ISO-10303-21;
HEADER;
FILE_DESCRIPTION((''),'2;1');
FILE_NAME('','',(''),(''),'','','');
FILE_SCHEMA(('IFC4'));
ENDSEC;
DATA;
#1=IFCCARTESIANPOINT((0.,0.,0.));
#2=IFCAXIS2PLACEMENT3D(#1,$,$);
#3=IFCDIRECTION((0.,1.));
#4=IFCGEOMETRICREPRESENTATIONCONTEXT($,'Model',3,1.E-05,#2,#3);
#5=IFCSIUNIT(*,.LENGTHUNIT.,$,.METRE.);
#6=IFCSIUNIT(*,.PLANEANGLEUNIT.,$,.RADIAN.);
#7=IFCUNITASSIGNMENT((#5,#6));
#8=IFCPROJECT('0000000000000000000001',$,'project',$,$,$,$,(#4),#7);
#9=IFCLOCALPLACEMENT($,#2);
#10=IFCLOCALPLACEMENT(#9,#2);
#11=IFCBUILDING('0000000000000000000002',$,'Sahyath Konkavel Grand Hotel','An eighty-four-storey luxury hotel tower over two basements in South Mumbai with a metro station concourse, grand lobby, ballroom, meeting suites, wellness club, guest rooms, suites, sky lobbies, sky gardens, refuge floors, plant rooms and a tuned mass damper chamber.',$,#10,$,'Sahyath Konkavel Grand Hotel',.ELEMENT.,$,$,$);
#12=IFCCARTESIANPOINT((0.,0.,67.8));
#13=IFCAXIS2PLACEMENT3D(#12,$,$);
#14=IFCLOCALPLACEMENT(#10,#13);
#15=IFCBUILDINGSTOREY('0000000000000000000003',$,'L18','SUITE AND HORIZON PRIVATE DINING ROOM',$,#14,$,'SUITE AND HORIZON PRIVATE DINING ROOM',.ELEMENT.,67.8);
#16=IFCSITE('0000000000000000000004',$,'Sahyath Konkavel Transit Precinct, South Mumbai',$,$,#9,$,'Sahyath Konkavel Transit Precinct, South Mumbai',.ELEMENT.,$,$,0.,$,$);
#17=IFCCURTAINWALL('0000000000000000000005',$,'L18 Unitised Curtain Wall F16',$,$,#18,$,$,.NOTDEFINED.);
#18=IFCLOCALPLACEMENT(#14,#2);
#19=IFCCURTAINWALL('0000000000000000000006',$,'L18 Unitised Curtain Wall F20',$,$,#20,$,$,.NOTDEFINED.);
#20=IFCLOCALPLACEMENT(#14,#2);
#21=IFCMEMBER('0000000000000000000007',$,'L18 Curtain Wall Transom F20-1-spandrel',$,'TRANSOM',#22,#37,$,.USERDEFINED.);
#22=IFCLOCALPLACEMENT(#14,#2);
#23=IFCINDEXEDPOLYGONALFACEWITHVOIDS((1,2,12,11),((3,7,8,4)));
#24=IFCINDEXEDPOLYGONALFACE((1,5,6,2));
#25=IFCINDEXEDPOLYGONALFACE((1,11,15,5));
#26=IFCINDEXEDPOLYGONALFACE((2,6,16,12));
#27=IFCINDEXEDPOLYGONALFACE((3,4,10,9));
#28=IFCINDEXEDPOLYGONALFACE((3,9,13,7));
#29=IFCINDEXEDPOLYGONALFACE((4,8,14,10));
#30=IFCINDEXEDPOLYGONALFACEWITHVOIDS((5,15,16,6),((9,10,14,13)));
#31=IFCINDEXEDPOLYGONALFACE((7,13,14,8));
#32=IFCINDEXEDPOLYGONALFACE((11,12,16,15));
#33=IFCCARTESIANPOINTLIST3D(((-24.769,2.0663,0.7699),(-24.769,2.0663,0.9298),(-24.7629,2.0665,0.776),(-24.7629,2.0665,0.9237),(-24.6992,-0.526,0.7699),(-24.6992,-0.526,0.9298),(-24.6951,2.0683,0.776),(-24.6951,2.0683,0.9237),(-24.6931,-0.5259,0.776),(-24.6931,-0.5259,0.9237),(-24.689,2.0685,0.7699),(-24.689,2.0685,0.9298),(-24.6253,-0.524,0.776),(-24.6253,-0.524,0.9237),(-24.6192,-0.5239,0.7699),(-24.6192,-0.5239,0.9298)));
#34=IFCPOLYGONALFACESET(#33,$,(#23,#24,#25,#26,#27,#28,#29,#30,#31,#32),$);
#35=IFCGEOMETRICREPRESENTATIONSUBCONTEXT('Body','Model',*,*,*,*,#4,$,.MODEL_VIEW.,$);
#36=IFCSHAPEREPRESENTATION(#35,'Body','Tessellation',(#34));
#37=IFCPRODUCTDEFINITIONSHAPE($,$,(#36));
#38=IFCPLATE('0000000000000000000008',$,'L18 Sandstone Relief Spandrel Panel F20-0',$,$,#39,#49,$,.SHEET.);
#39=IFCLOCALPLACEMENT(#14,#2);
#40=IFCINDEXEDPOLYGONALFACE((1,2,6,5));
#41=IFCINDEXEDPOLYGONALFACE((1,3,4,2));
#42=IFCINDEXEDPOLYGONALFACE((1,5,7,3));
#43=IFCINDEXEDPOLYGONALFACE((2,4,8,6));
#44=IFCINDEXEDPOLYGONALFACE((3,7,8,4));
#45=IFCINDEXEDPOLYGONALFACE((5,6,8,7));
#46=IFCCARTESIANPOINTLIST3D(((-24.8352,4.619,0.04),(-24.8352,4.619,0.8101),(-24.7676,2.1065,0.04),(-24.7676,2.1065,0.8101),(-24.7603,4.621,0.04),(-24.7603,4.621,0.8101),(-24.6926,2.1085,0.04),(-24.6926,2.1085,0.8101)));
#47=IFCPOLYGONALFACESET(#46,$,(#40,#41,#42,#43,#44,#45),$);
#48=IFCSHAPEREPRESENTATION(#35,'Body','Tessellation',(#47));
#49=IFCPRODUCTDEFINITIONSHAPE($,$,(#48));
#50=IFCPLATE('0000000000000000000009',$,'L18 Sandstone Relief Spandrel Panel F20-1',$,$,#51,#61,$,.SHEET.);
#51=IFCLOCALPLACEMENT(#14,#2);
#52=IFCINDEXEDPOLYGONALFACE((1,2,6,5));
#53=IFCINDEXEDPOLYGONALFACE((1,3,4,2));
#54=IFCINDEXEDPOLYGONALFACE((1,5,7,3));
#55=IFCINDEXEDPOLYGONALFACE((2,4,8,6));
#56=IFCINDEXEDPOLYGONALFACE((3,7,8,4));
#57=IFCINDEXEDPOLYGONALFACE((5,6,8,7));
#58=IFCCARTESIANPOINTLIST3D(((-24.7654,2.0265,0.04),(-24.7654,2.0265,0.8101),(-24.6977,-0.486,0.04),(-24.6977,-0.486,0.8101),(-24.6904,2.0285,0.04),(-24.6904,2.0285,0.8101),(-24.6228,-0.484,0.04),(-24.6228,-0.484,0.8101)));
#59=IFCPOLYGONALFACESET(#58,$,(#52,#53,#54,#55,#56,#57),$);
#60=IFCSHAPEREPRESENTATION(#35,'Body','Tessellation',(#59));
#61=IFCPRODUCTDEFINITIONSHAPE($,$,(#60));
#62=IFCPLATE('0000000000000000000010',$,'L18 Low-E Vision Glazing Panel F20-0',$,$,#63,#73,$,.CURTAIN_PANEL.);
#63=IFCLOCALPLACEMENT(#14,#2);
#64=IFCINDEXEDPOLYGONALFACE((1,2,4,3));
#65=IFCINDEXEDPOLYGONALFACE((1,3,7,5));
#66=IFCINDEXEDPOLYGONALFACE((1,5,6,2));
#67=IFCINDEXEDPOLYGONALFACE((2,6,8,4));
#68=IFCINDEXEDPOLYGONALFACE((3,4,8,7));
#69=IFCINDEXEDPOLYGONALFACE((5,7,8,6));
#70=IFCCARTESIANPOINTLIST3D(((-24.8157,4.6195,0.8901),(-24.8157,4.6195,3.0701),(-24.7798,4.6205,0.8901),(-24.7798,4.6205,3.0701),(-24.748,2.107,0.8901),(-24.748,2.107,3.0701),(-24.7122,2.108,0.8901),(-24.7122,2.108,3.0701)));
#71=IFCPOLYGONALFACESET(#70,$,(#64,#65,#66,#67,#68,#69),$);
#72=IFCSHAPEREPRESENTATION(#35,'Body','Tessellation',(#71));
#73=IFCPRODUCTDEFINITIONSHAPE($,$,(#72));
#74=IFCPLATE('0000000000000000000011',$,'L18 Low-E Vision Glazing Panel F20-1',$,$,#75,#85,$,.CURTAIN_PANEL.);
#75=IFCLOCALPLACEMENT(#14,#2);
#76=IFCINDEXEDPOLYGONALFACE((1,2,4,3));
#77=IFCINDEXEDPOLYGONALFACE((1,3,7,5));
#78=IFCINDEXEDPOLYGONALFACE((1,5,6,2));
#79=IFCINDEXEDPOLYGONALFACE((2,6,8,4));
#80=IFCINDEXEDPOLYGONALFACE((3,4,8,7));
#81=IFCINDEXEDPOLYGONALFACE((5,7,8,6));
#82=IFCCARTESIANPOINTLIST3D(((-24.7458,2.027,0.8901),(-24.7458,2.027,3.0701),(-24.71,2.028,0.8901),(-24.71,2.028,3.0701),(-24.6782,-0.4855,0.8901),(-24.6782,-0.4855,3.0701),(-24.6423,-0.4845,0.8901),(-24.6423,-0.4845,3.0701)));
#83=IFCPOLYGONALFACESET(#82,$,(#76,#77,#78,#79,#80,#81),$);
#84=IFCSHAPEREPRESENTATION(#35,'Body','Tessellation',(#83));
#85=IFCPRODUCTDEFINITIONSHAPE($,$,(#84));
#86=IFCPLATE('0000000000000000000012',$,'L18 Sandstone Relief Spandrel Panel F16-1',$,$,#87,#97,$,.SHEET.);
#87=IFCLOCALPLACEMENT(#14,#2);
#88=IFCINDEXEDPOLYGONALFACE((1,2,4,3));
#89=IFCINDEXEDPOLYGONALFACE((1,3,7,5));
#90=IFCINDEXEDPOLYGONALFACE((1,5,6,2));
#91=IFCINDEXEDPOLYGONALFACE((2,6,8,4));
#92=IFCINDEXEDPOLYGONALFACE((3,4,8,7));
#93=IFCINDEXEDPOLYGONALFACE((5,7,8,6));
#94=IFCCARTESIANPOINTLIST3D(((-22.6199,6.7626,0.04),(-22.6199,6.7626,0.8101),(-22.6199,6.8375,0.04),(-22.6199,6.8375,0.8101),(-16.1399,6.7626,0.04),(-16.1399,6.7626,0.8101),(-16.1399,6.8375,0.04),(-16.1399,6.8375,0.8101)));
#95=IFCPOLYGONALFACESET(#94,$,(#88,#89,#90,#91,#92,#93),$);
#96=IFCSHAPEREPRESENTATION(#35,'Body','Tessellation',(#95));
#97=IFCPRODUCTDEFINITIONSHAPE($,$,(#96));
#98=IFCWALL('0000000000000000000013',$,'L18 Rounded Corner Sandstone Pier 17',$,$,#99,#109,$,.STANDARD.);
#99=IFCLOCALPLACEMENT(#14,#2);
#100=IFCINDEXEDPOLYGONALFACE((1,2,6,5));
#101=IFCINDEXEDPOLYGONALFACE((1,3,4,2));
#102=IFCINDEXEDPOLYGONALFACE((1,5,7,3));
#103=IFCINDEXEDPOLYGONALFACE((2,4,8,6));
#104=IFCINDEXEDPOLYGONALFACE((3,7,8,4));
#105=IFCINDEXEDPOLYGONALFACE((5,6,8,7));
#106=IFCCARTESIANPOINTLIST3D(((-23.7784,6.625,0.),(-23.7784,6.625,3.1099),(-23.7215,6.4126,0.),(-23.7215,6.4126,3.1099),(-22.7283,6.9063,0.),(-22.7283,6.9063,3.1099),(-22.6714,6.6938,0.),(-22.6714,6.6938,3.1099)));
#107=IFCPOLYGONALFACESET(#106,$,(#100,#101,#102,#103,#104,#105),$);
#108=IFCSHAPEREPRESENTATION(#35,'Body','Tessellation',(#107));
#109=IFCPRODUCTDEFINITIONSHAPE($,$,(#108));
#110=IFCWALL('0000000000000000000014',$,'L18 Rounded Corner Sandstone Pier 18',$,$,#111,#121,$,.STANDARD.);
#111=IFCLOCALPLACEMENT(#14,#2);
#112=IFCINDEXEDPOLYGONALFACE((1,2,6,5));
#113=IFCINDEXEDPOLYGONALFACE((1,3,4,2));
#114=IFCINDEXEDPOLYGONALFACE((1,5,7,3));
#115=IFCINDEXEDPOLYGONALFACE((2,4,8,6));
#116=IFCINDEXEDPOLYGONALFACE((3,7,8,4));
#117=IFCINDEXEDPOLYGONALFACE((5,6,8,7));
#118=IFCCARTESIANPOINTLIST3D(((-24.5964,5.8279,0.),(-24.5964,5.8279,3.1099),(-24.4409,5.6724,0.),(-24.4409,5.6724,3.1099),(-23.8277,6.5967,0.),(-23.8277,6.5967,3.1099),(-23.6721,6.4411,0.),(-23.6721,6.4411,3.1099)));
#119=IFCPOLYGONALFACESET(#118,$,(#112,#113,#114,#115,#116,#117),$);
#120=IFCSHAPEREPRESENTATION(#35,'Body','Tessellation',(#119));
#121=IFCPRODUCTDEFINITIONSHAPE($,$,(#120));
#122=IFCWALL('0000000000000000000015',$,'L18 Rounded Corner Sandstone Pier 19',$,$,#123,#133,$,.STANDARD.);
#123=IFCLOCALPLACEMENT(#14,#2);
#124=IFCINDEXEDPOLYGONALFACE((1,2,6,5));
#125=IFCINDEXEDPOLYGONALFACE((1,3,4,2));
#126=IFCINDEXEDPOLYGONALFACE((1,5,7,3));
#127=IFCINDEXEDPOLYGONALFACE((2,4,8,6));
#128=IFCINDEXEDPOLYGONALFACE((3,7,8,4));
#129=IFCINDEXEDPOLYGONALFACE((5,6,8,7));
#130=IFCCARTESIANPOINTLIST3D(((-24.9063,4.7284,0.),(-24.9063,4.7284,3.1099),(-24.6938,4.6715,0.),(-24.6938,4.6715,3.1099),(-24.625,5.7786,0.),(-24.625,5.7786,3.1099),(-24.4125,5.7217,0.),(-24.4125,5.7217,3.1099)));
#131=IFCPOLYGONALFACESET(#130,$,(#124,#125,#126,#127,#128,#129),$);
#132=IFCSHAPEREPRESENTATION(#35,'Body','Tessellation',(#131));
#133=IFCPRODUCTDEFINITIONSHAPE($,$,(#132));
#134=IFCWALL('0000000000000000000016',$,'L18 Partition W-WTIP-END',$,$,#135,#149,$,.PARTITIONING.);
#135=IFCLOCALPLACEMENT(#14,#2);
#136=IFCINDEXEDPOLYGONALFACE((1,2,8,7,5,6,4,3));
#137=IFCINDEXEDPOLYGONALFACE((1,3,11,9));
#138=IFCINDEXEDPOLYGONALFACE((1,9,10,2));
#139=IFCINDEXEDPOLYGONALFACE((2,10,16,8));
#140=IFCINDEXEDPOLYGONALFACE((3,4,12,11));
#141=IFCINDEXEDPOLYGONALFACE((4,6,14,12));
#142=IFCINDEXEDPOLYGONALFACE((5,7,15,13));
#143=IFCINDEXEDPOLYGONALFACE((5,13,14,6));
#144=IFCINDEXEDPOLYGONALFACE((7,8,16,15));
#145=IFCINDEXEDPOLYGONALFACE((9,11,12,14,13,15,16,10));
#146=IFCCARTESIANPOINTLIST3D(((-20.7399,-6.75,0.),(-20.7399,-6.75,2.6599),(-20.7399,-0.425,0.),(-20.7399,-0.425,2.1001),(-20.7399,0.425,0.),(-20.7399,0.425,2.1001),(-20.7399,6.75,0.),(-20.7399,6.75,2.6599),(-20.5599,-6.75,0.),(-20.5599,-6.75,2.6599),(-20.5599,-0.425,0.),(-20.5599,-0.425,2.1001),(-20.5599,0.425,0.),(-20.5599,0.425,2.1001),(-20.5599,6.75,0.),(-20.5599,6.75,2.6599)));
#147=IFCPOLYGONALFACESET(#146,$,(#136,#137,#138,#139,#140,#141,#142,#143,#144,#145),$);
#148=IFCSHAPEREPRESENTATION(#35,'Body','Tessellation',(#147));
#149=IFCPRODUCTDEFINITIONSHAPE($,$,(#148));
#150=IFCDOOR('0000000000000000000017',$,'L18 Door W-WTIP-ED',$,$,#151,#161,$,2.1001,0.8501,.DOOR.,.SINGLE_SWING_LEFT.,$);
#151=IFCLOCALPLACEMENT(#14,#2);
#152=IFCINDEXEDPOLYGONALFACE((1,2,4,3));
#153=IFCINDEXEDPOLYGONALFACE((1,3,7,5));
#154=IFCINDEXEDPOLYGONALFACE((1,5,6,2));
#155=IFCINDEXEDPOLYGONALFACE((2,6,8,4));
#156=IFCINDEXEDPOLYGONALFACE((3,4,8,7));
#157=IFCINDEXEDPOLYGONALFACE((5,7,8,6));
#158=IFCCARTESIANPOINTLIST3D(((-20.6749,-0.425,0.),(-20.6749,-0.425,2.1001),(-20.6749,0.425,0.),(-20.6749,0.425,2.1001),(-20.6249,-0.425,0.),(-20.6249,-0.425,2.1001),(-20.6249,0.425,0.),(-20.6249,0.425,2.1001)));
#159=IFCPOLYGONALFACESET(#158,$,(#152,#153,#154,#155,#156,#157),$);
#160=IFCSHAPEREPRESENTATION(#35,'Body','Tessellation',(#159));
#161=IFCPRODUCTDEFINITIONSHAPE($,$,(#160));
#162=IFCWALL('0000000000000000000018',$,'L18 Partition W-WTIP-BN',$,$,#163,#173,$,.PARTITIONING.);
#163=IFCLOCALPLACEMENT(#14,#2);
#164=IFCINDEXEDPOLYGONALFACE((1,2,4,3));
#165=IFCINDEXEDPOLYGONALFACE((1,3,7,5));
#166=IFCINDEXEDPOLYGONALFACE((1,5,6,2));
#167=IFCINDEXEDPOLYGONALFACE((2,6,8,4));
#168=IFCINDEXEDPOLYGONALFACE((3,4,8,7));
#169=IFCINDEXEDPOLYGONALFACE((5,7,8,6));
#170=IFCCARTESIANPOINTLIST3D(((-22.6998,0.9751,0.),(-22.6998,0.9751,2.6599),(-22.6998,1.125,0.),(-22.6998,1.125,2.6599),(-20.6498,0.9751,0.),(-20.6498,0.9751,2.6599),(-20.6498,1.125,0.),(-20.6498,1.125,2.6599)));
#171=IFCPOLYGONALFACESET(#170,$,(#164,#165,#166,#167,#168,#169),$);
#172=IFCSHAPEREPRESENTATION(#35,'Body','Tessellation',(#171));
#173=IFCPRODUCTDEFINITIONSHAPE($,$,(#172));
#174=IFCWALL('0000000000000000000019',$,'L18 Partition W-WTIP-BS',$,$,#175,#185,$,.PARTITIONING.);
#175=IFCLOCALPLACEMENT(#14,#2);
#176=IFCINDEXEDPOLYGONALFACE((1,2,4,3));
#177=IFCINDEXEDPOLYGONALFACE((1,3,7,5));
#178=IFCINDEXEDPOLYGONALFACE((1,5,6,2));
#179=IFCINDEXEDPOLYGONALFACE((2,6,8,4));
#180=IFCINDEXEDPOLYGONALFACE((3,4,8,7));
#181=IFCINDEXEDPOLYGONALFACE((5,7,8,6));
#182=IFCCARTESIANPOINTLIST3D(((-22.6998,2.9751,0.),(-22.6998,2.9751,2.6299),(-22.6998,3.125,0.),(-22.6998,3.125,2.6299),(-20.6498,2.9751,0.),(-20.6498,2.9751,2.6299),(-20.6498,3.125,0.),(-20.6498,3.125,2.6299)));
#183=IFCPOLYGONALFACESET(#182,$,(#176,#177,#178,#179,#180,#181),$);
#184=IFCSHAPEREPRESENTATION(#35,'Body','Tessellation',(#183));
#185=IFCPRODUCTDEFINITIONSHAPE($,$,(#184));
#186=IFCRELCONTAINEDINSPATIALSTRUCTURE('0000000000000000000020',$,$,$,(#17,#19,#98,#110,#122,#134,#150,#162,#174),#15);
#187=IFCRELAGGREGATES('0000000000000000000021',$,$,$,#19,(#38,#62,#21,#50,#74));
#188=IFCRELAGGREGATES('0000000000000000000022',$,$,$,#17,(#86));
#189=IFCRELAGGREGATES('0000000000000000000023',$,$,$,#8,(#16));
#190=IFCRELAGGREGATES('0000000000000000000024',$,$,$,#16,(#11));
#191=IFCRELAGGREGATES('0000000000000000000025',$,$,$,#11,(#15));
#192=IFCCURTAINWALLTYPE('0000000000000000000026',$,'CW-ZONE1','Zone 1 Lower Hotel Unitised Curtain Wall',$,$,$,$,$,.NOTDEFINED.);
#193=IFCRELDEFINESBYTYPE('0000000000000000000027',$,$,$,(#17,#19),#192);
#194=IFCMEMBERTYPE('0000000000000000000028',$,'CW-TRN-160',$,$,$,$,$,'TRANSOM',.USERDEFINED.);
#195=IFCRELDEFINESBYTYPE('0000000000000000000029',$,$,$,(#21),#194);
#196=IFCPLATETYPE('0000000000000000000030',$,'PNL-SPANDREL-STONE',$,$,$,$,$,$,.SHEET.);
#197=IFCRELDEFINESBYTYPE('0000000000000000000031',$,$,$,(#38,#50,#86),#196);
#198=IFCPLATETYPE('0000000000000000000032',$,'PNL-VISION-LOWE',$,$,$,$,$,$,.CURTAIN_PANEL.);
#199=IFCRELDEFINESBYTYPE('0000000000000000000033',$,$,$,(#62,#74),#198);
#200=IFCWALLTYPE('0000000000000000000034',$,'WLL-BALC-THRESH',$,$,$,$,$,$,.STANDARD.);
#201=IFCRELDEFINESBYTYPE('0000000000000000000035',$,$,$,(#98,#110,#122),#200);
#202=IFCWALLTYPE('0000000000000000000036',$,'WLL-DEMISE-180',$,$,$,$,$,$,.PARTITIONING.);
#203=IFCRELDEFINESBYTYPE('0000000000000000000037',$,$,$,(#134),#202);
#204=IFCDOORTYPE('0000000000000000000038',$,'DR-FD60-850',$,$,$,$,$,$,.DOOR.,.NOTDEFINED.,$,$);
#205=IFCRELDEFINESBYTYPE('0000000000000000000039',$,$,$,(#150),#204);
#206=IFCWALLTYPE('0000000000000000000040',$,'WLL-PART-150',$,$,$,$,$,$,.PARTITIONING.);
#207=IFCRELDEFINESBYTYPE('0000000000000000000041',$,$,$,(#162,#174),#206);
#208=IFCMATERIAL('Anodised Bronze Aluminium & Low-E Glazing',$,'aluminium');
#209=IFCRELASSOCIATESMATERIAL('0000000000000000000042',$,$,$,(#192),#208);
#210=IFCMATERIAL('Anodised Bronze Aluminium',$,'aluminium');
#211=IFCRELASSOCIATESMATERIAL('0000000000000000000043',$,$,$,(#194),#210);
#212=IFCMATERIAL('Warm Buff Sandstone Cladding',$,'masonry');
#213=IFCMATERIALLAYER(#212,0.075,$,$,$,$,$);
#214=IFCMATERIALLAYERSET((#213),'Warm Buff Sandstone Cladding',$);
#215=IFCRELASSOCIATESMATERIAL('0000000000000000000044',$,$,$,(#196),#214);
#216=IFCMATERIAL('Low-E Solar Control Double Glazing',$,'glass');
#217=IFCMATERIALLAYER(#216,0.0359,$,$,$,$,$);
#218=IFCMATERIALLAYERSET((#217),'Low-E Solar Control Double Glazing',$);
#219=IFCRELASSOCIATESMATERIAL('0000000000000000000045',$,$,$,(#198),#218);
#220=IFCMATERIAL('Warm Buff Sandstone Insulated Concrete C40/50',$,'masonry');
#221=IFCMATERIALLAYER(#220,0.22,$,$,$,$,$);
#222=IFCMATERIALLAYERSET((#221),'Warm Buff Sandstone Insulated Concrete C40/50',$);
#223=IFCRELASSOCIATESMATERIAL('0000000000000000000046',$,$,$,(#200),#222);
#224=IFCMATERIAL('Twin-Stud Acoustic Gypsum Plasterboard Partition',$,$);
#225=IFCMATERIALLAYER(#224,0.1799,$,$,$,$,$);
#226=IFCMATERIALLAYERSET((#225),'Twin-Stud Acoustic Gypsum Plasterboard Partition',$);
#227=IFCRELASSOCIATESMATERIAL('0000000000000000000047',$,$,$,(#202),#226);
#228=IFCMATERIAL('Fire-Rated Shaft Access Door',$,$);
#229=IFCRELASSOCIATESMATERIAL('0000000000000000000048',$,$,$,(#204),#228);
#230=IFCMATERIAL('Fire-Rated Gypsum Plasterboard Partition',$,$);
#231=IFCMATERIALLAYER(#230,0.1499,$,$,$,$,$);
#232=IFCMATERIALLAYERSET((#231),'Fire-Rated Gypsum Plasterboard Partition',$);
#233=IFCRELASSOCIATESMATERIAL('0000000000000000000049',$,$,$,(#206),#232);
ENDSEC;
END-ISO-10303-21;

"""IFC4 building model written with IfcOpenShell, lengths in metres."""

from ifc_helpers import new_model, si_unit, direction, frame, frame_2d, origin, origin_2d, place, context, subcontext, project, spatial, rectangle, hollow_rectangle, extrude, source, transform, mapped, material, layer, layer_set, material_profile, profile_set, type_object, element, fill, aggregate, save


model = new_model("IFC4")

# Units and contexts
model_context = context("Model", 3, precision=1e-05, world=origin(), true_north=direction((0.0, 1.0)))
body_context = subcontext(model_context, "Body", "Model", "MODEL_VIEW")
ifc_project = project(units=[si_unit("LENGTHUNIT", "METRE"), si_unit("PLANEANGLEUNIT", "RADIAN")], contexts=[model_context])

# Site, building, storey
site_placement = place(None, origin())
site = spatial("IfcSite", under=ifc_project, at=site_placement, Name="Sahyath Konkavel Transit Precinct, South Mumbai", LongName="Sahyath Konkavel Transit Precinct, South Mumbai", CompositionType="ELEMENT", RefElevation=0.0)
building_placement = place(site_placement, origin())
building = spatial("IfcBuilding", under=site, at=building_placement, Name="Sahyath Konkavel Grand Hotel", Description="An eighty-four-storey luxury hotel tower over two basements in South Mumbai with a metro station concourse, grand lobby, ballroom, meeting suites, wellness club, guest rooms, suites, sky lobbies, sky gardens, refuge floors, plant rooms and a tuned mass damper chamber.", LongName="Sahyath Konkavel Grand Hotel", CompositionType="ELEMENT")
storey_placement = place(building_placement, frame((0.0, 0.0, 67.8)))
storey = spatial("IfcBuildingStorey", under=building, at=storey_placement, Name="L18", Description="SUITE AND HORIZON PRIVATE DINING ROOM", LongName="SUITE AND HORIZON PRIVATE DINING ROOM", CompositionType="ELEMENT", Elevation=67.8)

# Curtain wall
ifc_material_1 = material(Name="Anodised Bronze Aluminium & Low-E Glazing", Category="aluminium")
curtain_wall_type = type_object("IfcCurtainWallType", Name="CW-ZONE1", Description="Zone 1 Lower Hotel Unitised Curtain Wall", PredefinedType="NOTDEFINED", material=ifc_material_1)
curtain_wall_1_placement = place(storey_placement, origin())
curtain_wall_1 = element("IfcCurtainWall", 1, at=curtain_wall_1_placement, inside=storey, type_object=curtain_wall_type, Name="L18 Unitised Curtain Wall F16", PredefinedType="NOTDEFINED")
ifc_material_2 = material(Name="Anodised Bronze Aluminium", Category="aluminium")

# Curtain wall, member, plates
curtain_wall_2_placement = place(storey_placement, origin())
curtain_wall_2 = element("IfcCurtainWall", 2, at=curtain_wall_2_placement, inside=storey, type_object=curtain_wall_type, Name="L18 Unitised Curtain Wall F20", PredefinedType="NOTDEFINED")
ifc_material_profile_1 = material_profile(ifc_material_2, hollow_rectangle(XDim=0.0801, YDim=0.1599, WallThickness=0.0061, at=origin_2d()), Name="RHS 160x80x6")
ifc_profile_set_1 = profile_set([ifc_material_profile_1], Name="Anodised Bronze Aluminium")
member_type_1 = type_object("IfcMemberType", Name="CW-TRN-160", ElementType="TRANSOM", PredefinedType="USERDEFINED", material=ifc_profile_set_1)
shared_shape_1 = source(origin(), body_context, "Body", "SweptSolid", [
    extrude(hollow_rectangle(XDim=0.0801, YDim=0.1599, WallThickness=0.0061, at=origin_2d()), origin(), (0.0, 0.0, 1.0), 2.5933),
])
member_1_placement = place(storey_placement, frame((-24.729, 2.0674, 0.8499), z_axis=(0.026926, -0.999637, 0.0), x_axis=(0.999637, 0.026926, 0.0)))
member_1 = element("IfcMember", 3, at=member_1_placement, type_object=member_type_1, Name="L18 Curtain Wall Transom F20-1-spandrel", ObjectType="TRANSOM", PredefinedType="USERDEFINED", context=body_context, shape_type="MappedRepresentation", body=[
    mapped(shared_shape_1, transform((0.0, 0.0, 0.0), scale=1.0)),
])
ifc_material_3 = material(Name="Warm Buff Sandstone Cladding", Category="masonry")
ifc_layer_1 = layer(ifc_material_3, 0.075)
ifc_layer_set_1 = layer_set([ifc_layer_1], Name="Warm Buff Sandstone Cladding")
plate_type_1 = type_object("IfcPlateType", Name="PNL-SPANDREL-STONE", PredefinedType="SHEET", material=ifc_layer_set_1)
shared_shape_2 = source(origin(), body_context, "Body", "SweptSolid", [
    extrude(rectangle(XDim=2.5134, YDim=0.075, at=origin_2d()), origin(), (0.0, 0.0, 1.0), 0.77),
])
plate_1_placement = place(storey_placement, frame((-24.7639, 3.3638, 0.04), z_axis=(0.0, 0.0, 1.0), x_axis=(0.02691, -0.999638, 0.0)))
plate_1 = element("IfcPlate", 4, at=plate_1_placement, type_object=plate_type_1, Name="L18 Sandstone Relief Spandrel Panel F20-0", PredefinedType="SHEET", context=body_context, shape_type="MappedRepresentation", body=[
    mapped(shared_shape_2, transform((0.0, 0.0, 0.0), scale=1.0)),
])
plate_2_placement = place(storey_placement, frame((-24.6941, 0.7712, 0.04), z_axis=(0.0, 0.0, 1.0), x_axis=(0.02691, -0.999638, 0.0)))
plate_2 = element("IfcPlate", 5, at=plate_2_placement, type_object=plate_type_1, Name="L18 Sandstone Relief Spandrel Panel F20-1", PredefinedType="SHEET", context=body_context, shape_type="MappedRepresentation", body=[
    mapped(shared_shape_2, transform((0.0, 0.0, 0.0), scale=1.0)),
])
ifc_material_4 = material(Name="Low-E Solar Control Double Glazing", Category="glass")
ifc_layer_2 = layer(ifc_material_4, 0.0359)
ifc_layer_set_2 = layer_set([ifc_layer_2], Name="Low-E Solar Control Double Glazing")
plate_type_2 = type_object("IfcPlateType", Name="PNL-VISION-LOWE", PredefinedType="CURTAIN_PANEL", material=ifc_layer_set_2)
shared_shape_3 = source(origin(), body_context, "Body", "SweptSolid", [
    extrude(rectangle(XDim=2.5134, YDim=0.0359, at=origin_2d()), origin(), (0.0, 0.0, 1.0), 2.1799),
])
plate_3_placement = place(storey_placement, frame((-24.7639, 3.3638, 0.8901), z_axis=(0.0, 0.0, 1.0), x_axis=(0.02691, -0.999638, 0.0)))
plate_3 = element("IfcPlate", 6, at=plate_3_placement, type_object=plate_type_2, Name="L18 Low-E Vision Glazing Panel F20-0", PredefinedType="CURTAIN_PANEL", context=body_context, shape_type="MappedRepresentation", body=[
    mapped(shared_shape_3, transform((0.0, 0.0, 0.0), scale=1.0)),
])
plate_4_placement = place(storey_placement, frame((-24.6941, 0.7712, 0.8901), z_axis=(0.0, 0.0, 1.0), x_axis=(0.02691, -0.999638, 0.0)))
plate_4 = element("IfcPlate", 7, at=plate_4_placement, type_object=plate_type_2, Name="L18 Low-E Vision Glazing Panel F20-1", PredefinedType="CURTAIN_PANEL", context=body_context, shape_type="MappedRepresentation", body=[
    mapped(shared_shape_3, transform((0.0, 0.0, 0.0), scale=1.0)),
])
aggregate(curtain_wall_2, [plate_1, plate_3, member_1, plate_2, plate_4])

# Plate
shared_shape_4 = source(origin(), body_context, "Body", "SweptSolid", [
    extrude(rectangle(XDim=6.48, YDim=0.075, at=origin_2d()), origin(), (0.0, 0.0, 1.0), 0.77),
])
plate_5_placement = place(storey_placement, frame((-19.3799, 6.8, 0.04), z_axis=(0.0, 0.0, 1.0), x_axis=(-1.0, 0.0, 0.0)))
plate_5 = element("IfcPlate", 8, at=plate_5_placement, type_object=plate_type_1, Name="L18 Sandstone Relief Spandrel Panel F16-1", PredefinedType="SHEET", context=body_context, shape_type="MappedRepresentation", body=[
    mapped(shared_shape_4, transform((0.0, 0.0, 0.0), scale=1.0)),
])
aggregate(curtain_wall_1, [plate_5])

# Walls
ifc_material_5 = material(Name="Warm Buff Sandstone Insulated Concrete C40/50", Category="masonry")
ifc_layer_3 = layer(ifc_material_5, 0.22)
ifc_layer_set_3 = layer_set([ifc_layer_3], Name="Warm Buff Sandstone Insulated Concrete C40/50")
wall_type_1 = type_object("IfcWallType", Name="WLL-BALC-THRESH", PredefinedType="STANDARD", material=ifc_layer_set_3)
for number, where, z_axis, x_axis, name in (
    (9, (-22.7, 6.8, 0.0), (0.0, 0.0, 1.0), (-0.965951, -0.258725, 0.0), "L18 Rounded Corner Sandstone Pier 17"),
    (10, (-23.75, 6.5188, 0.0), (0.0, 0.0, 1.0), (-0.707107, -0.707107, 0.0), "L18 Rounded Corner Sandstone Pier 18"),
    (11, (-24.5188, 5.75, 0.0), (0.0, 0.0, 1.0), (-0.258725, -0.965951, 0.0), "L18 Rounded Corner Sandstone Pier 19"),
):
    element("IfcWall", number, at=place(storey_placement, frame(where, z_axis=z_axis, x_axis=x_axis)), inside=storey, type_object=wall_type_1, Name=name, PredefinedType="STANDARD", context=body_context, shape_type="SweptSolid", body=[
        extrude(rectangle(XDim=1.0872, YDim=0.22, at=frame_2d((0.5435, 0.0))), origin(), (0.0, 0.0, 1.0), 3.1099),
    ])

# Wall, opening, door
ifc_material_6 = material(Name="Twin-Stud Acoustic Gypsum Plasterboard Partition")
ifc_layer_4 = layer(ifc_material_6, 0.1799)
ifc_layer_set_4 = layer_set([ifc_layer_4], Name="Twin-Stud Acoustic Gypsum Plasterboard Partition")
wall_type_2 = type_object("IfcWallType", Name="WLL-DEMISE-180", PredefinedType="PARTITIONING", material=ifc_layer_set_4)
wall_1_placement = place(storey_placement, frame((-20.6499, 6.75, 0.0), z_axis=(0.0, 0.0, 1.0), x_axis=(0.0, -1.0, 0.0)))
wall_1 = element("IfcWall", 12, at=wall_1_placement, inside=storey, type_object=wall_type_2, Name="L18 Partition W-WTIP-END", PredefinedType="PARTITIONING", context=body_context, shape_type="SweptSolid", body=[
    extrude(rectangle(XDim=13.5, YDim=0.1799, at=frame_2d((6.75, 0.0))), origin(), (0.0, 0.0, 1.0), 2.6599),
])
opening_1_placement = place(wall_1_placement, frame((6.325, 0.0, 0.0)))
opening_1 = element("IfcOpeningElement", 13, at=opening_1_placement, cuts=wall_1, PredefinedType="OPENING", context=body_context, shape_type="SweptSolid", body=[
    extrude(rectangle(XDim=0.8501, YDim=2.1001, at=frame_2d((0.425, 1.05))), frame((0.0, 0.1001, 0.0), z_axis=(0.0, -1.0, 0.0), x_axis=(1.0, 0.0, 0.0)), (0.0, 0.0, 1.0), 0.2),
])
ifc_material_7 = material(Name="Fire-Rated Shaft Access Door")
door_type_1 = type_object("IfcDoorType", Name="DR-FD60-850", OperationType="NOTDEFINED", PredefinedType="DOOR", material=ifc_material_7)
shared_shape_5 = source(origin(), body_context, "Body", "SweptSolid", [
    extrude(rectangle(XDim=0.8501, YDim=0.05, at=origin_2d()), origin(), (0.0, 0.0, 1.0), 2.1001),
])
door_1_placement = place(opening_1_placement, frame((0.425, 0.0, 0.0)))
door_1 = element("IfcDoor", 14, at=door_1_placement, inside=storey, type_object=door_type_1, Name="L18 Door W-WTIP-ED", OperationType="SINGLE_SWING_LEFT", OverallHeight=2.1001, OverallWidth=0.8501, PredefinedType="DOOR", context=body_context, shape_type="MappedRepresentation", body=[
    mapped(shared_shape_5, transform((0.0, 0.0, 0.0), scale=1.0)),
])
fill(opening_1, door_1)

# Walls
ifc_material_8 = material(Name="Fire-Rated Gypsum Plasterboard Partition")
ifc_layer_5 = layer(ifc_material_8, 0.1499)
ifc_layer_set_5 = layer_set([ifc_layer_5], Name="Fire-Rated Gypsum Plasterboard Partition")
wall_type_3 = type_object("IfcWallType", Name="WLL-PART-150", PredefinedType="PARTITIONING", material=ifc_layer_set_5)
wall_2_placement = place(storey_placement, frame((-20.6499, 1.05, 0.0), z_axis=(0.0, 0.0, 1.0), x_axis=(-1.0, 0.0, 0.0)))
element("IfcWall", 15, at=wall_2_placement, inside=storey, type_object=wall_type_3, Name="L18 Partition W-WTIP-BN", PredefinedType="PARTITIONING", context=body_context, shape_type="SweptSolid", body=[
    extrude(rectangle(XDim=2.05, YDim=0.1499, at=frame_2d((1.0249, 0.0))), origin(), (0.0, 0.0, 1.0), 2.6599),
])
wall_3_placement = place(storey_placement, frame((-20.6499, 3.05, 0.0), z_axis=(0.0, 0.0, 1.0), x_axis=(-1.0, 0.0, 0.0)))
element("IfcWall", 16, at=wall_3_placement, inside=storey, type_object=wall_type_3, Name="L18 Partition W-WTIP-BS", PredefinedType="PARTITIONING", context=body_context, shape_type="SweptSolid", body=[
    extrude(rectangle(XDim=2.05, YDim=0.1499, at=frame_2d((1.0249, 0.0))), origin(), (0.0, 0.0, 1.0), 2.6299),
])

save(model, "model.ifc")
